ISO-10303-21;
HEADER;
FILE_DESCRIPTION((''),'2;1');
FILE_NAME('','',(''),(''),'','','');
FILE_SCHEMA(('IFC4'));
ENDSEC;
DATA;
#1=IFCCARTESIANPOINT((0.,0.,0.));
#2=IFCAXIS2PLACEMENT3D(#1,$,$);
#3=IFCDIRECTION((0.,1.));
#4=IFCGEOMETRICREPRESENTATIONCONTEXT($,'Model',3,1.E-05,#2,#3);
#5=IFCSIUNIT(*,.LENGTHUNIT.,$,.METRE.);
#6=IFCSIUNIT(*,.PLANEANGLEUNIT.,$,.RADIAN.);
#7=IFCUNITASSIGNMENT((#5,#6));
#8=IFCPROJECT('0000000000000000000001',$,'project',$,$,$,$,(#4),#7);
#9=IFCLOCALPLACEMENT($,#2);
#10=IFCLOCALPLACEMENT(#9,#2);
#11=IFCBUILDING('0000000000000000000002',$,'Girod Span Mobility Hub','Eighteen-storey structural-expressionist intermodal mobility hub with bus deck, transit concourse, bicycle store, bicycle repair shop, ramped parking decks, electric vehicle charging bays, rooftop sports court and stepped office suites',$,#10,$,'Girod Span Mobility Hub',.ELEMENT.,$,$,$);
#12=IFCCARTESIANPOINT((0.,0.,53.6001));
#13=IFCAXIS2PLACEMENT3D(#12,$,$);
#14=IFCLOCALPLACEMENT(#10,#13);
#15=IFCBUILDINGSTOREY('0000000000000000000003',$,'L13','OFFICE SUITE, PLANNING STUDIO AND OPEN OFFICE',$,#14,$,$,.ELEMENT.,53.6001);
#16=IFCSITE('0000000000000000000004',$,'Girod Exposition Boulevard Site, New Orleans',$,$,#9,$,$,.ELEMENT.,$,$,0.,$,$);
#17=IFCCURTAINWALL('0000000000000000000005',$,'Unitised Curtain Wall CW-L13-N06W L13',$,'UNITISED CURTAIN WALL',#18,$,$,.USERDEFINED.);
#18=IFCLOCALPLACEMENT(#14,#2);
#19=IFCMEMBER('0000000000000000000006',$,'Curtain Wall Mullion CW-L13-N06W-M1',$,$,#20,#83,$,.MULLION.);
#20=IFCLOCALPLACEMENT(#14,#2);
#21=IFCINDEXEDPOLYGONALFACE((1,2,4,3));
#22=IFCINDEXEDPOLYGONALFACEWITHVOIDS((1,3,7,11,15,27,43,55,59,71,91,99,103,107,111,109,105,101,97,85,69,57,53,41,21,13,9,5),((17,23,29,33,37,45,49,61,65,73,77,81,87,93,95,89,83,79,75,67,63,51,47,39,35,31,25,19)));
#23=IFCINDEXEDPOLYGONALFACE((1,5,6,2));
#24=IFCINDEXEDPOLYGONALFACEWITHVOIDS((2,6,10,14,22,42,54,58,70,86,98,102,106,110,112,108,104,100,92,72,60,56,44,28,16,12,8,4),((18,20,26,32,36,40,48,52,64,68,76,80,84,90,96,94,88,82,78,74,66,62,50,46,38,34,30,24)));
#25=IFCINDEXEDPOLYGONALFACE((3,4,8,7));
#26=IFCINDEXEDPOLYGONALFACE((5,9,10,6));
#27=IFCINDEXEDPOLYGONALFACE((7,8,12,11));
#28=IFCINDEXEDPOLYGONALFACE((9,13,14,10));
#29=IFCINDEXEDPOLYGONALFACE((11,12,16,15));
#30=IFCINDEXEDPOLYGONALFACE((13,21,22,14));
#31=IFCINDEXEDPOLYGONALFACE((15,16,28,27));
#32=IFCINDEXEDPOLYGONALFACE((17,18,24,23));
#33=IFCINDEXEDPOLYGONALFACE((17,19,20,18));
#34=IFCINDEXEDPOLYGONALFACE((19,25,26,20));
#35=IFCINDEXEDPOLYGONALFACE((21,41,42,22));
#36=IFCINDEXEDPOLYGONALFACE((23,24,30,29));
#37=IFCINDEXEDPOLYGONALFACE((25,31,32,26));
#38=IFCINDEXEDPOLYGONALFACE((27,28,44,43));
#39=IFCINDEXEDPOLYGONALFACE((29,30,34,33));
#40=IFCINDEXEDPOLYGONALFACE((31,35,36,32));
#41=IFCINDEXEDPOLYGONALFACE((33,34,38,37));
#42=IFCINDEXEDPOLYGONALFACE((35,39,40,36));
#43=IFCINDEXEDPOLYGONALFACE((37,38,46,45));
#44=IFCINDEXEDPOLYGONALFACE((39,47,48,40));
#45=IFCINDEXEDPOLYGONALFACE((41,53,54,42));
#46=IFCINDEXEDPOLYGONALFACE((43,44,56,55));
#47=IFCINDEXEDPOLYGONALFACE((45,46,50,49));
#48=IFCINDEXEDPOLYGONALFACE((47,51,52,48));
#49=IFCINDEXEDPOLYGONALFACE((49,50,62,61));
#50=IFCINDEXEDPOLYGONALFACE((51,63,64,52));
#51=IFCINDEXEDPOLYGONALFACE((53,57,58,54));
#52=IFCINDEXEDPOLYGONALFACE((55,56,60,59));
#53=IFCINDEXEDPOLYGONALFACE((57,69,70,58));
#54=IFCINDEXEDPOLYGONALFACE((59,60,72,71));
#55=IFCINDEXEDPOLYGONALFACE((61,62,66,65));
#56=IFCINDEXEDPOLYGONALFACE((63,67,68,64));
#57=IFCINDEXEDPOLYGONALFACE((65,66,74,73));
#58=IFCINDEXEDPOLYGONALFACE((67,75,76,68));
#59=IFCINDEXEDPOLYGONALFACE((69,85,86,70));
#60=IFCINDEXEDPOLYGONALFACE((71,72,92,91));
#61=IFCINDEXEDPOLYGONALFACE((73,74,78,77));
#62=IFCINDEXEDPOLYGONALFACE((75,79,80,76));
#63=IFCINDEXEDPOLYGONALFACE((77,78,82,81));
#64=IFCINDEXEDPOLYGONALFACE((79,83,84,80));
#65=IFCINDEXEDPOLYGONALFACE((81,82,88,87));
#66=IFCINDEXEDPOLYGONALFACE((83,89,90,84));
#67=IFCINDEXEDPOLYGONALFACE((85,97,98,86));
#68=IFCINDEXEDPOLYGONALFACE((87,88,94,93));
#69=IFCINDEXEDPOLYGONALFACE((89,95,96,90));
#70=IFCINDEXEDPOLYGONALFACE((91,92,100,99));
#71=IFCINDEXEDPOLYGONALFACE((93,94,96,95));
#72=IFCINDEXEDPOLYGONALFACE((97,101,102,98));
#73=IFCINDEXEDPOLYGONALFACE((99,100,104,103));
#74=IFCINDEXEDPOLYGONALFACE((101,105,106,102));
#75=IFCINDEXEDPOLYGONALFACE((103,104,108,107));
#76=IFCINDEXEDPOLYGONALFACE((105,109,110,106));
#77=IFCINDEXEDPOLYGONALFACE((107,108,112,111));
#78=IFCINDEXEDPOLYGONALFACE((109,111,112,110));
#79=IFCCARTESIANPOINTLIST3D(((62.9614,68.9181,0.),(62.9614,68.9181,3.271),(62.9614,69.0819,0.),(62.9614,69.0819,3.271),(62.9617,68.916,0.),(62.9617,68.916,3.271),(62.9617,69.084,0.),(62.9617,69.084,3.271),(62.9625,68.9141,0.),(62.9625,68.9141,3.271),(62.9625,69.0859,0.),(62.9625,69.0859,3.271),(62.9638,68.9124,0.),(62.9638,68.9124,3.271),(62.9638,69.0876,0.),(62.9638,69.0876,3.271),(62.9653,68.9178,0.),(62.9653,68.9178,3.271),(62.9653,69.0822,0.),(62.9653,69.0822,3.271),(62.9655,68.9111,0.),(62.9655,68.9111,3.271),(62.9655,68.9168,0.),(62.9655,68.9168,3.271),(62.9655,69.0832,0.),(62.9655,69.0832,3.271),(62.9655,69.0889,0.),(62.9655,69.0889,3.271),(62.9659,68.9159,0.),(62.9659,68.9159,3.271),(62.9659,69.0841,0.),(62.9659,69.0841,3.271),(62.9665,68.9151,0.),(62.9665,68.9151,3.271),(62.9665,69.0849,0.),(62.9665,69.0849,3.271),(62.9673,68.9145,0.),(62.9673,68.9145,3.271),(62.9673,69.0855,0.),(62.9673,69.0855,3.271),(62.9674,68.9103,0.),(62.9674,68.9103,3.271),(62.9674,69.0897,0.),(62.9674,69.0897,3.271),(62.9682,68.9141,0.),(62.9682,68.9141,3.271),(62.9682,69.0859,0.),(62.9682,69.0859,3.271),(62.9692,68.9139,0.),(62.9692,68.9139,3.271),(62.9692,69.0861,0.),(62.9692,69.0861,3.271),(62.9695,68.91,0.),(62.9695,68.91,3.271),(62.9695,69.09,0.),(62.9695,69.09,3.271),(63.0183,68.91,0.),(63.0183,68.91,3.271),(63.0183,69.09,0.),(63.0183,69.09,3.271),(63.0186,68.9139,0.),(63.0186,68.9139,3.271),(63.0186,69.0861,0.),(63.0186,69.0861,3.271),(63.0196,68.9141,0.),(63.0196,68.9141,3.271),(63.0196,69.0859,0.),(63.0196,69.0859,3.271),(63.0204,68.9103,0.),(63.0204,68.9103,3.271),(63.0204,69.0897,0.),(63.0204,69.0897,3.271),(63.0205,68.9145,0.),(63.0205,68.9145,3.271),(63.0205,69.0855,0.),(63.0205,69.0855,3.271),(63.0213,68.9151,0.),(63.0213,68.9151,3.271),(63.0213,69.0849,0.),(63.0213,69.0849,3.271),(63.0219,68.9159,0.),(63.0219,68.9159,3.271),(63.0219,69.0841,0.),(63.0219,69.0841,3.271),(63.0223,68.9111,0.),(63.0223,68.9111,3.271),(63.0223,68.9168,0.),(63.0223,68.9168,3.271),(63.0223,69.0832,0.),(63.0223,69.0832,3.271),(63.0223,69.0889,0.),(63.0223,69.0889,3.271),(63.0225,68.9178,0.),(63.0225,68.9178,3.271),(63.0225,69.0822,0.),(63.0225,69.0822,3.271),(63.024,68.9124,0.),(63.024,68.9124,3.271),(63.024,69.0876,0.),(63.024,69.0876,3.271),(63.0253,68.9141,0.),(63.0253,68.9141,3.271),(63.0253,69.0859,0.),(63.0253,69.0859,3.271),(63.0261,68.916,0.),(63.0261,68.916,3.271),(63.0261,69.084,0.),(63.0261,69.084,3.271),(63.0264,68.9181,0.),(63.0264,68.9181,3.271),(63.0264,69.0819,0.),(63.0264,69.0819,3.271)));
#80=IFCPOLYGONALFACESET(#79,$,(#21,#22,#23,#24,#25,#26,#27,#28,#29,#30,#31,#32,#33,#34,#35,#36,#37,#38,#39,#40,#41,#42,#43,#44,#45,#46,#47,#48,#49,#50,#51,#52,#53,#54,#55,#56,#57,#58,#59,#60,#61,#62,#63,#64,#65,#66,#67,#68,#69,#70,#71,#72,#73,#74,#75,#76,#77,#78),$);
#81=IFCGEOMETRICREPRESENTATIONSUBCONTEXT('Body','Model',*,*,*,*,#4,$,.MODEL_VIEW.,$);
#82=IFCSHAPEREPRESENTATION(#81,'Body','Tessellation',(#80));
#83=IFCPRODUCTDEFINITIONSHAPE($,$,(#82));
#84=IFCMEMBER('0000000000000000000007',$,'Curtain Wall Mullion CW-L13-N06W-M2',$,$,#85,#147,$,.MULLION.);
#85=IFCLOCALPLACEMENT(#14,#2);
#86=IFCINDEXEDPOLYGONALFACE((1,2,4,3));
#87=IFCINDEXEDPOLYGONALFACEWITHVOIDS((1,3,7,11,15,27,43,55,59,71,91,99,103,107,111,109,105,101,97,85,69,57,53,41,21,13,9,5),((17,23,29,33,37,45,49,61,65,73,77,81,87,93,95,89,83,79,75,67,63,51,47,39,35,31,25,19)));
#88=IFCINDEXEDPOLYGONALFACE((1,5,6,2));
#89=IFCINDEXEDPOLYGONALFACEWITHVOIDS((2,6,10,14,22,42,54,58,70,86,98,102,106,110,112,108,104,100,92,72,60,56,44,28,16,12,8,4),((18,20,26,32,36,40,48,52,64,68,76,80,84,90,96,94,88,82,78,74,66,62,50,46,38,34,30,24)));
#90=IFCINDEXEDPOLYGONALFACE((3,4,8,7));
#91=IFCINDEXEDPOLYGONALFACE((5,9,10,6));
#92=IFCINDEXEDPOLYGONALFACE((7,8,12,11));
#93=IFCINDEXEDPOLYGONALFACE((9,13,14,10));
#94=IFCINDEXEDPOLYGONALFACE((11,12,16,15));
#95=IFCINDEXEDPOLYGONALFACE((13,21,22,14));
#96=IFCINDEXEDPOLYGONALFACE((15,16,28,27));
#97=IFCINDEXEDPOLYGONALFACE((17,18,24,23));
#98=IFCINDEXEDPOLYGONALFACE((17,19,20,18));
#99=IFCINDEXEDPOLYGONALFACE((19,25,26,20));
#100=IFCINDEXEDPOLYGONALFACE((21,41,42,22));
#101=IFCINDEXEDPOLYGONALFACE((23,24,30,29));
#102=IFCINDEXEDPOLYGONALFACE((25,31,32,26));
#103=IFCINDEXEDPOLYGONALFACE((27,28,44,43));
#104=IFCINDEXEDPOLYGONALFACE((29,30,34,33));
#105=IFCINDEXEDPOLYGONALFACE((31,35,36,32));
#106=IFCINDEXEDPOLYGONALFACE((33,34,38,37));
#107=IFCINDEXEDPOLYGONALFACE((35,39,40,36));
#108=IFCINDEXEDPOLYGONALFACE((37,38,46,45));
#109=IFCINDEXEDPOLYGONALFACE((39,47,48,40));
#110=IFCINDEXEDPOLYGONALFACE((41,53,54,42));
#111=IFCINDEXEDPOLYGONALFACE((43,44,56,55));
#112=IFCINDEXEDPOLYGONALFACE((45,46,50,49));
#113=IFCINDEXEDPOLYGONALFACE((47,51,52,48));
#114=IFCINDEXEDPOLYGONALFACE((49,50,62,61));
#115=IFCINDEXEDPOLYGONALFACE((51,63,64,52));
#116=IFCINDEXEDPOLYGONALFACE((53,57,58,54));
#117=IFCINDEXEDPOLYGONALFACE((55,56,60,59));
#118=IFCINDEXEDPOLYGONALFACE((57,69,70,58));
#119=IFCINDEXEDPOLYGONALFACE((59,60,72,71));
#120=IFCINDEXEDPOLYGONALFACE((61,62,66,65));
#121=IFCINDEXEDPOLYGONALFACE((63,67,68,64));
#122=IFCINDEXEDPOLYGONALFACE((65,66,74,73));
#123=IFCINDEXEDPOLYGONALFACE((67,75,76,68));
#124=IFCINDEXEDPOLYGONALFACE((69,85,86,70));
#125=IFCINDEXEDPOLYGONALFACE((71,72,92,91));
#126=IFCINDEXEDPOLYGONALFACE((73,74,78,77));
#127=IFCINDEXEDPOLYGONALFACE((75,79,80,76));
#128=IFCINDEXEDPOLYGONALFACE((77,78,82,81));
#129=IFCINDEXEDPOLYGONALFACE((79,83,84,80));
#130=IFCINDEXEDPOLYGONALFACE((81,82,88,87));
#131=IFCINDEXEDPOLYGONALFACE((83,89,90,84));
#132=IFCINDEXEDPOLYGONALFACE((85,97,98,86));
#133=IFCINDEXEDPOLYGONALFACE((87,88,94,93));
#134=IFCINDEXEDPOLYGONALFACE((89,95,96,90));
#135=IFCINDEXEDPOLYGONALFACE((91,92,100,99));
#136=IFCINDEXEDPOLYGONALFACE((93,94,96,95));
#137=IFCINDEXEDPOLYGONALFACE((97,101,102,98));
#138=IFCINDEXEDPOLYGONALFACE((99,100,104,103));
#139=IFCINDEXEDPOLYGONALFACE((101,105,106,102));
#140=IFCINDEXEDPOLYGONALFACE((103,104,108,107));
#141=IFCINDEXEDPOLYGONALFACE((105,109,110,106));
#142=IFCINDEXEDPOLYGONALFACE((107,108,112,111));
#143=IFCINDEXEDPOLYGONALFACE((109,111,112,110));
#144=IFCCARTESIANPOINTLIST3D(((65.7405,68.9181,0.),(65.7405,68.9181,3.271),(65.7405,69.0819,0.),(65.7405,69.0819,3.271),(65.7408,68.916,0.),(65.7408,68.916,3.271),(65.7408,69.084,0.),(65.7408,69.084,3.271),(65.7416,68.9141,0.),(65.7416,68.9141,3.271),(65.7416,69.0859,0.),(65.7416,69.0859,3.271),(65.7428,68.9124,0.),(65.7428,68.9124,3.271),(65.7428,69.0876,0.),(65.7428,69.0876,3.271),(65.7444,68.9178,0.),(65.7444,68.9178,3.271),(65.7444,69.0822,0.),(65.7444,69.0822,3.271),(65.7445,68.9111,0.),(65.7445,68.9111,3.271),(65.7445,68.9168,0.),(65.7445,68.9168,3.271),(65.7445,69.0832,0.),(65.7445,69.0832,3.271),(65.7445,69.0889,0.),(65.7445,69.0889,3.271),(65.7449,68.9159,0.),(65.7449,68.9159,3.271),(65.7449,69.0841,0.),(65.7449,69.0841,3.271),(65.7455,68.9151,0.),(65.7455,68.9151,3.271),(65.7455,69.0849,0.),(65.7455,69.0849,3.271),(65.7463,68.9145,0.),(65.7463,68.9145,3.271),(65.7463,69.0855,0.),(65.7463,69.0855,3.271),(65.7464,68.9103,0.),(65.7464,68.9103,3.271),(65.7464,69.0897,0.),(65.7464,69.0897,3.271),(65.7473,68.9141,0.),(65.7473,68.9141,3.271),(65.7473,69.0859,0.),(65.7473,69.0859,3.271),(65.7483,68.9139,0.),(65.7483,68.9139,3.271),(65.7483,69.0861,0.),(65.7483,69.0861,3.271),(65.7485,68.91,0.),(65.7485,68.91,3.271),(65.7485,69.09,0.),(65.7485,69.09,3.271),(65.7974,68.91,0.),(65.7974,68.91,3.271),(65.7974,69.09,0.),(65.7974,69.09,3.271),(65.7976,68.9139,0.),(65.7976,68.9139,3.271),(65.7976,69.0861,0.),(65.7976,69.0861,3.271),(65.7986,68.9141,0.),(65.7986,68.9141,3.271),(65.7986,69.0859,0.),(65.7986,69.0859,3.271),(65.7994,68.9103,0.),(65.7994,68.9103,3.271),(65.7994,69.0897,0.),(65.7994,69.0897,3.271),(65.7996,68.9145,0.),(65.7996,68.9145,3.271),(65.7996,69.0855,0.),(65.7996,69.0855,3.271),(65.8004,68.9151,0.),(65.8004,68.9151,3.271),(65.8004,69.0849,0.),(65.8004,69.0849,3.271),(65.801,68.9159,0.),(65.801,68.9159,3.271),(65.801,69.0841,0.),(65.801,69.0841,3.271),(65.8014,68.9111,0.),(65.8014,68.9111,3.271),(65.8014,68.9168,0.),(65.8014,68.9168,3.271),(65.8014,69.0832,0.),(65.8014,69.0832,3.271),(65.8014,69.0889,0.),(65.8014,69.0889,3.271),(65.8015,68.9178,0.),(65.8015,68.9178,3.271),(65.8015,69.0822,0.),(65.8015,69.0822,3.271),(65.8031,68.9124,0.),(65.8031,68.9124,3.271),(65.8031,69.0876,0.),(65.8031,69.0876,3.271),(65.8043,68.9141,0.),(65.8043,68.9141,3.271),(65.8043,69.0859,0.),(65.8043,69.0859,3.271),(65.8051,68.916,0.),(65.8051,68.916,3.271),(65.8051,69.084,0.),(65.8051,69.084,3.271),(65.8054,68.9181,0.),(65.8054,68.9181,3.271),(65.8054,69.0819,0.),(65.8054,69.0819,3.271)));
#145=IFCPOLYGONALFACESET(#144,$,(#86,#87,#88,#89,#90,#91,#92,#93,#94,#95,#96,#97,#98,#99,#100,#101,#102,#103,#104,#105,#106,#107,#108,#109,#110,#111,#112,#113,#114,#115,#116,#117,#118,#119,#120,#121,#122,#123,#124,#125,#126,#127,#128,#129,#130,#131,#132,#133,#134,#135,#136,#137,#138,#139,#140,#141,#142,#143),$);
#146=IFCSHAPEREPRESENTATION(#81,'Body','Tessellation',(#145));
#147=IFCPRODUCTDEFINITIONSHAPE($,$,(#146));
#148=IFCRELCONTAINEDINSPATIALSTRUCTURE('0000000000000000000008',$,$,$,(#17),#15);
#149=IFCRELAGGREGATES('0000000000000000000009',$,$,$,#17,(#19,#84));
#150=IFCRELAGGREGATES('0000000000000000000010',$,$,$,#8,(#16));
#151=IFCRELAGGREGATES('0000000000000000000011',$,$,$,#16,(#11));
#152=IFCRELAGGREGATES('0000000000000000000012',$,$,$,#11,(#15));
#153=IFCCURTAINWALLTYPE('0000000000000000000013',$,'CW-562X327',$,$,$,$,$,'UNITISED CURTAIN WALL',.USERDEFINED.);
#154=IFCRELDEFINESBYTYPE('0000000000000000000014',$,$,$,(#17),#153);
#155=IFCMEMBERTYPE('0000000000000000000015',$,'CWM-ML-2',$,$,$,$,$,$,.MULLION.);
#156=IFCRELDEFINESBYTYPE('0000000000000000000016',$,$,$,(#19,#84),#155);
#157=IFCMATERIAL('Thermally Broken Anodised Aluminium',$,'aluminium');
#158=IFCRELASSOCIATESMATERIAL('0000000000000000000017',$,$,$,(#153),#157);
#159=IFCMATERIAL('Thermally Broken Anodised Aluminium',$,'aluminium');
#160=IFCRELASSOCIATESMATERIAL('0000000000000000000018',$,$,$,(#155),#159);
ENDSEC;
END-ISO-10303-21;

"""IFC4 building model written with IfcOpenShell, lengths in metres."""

from ifc_helpers import new_model, si_unit, direction, frame, origin, origin_2d, place, context, subcontext, project, spatial, hollow_rectangle, extrude, material, material_profile, profile_set, type_object, element, aggregate, save


model = new_model("IFC4")

# Units and contexts
model_context = context("Model", 3, precision=1e-05, world=origin(), true_north=direction((0.0, 1.0)))
body_context = subcontext(model_context, "Body", "Model", "MODEL_VIEW")
ifc_project = project(units=[si_unit("LENGTHUNIT", "METRE"), si_unit("PLANEANGLEUNIT", "RADIAN")], contexts=[model_context])

# Site, building, storey
site_placement = place(None, origin())
site = spatial("IfcSite", under=ifc_project, at=site_placement, Name="Girod Exposition Boulevard Site, New Orleans", CompositionType="ELEMENT", RefElevation=0.0)
building_placement = place(site_placement, origin())
building = spatial("IfcBuilding", under=site, at=building_placement, Name="Girod Span Mobility Hub", Description="Eighteen-storey structural-expressionist intermodal mobility hub with bus deck, transit concourse, bicycle store, bicycle repair shop, ramped parking decks, electric vehicle charging bays, rooftop sports court and stepped office suites", LongName="Girod Span Mobility Hub", CompositionType="ELEMENT")
storey_placement = place(building_placement, frame((0.0, 0.0, 53.6001)))
storey = spatial("IfcBuildingStorey", under=building, at=storey_placement, Name="L13", Description="OFFICE SUITE, PLANNING STUDIO AND OPEN OFFICE", CompositionType="ELEMENT", Elevation=53.6001)

# Curtain wall, members
ifc_material_1 = material(Name="Thermally Broken Anodised Aluminium", Category="aluminium")
curtain_wall_type = type_object("IfcCurtainWallType", Name="CW-562X327", ElementType="UNITISED CURTAIN WALL", PredefinedType="USERDEFINED", material=ifc_material_1)
curtain_wall_1_placement = place(storey_placement, origin())
curtain_wall_1 = element("IfcCurtainWall", 1, at=curtain_wall_1_placement, inside=storey, type_object=curtain_wall_type, Name="Unitised Curtain Wall CW-L13-N06W L13", ObjectType="UNITISED CURTAIN WALL", PredefinedType="USERDEFINED")
ifc_material_2 = material(Name="Thermally Broken Anodised Aluminium", Category="aluminium")
ifc_material_profile_1 = material_profile(ifc_material_2, hollow_rectangle(XDim=0.1799, YDim=0.0649, WallThickness=0.0039, InnerFilletRadius=0.0039, OuterFilletRadius=0.0081, at=origin_2d()), Name="CW-ML-65X180")
ifc_profile_set_1 = profile_set([ifc_material_profile_1], Name="Thermally Broken Anodised Aluminium")
member_type_1 = type_object("IfcMemberType", Name="CWM-ML-2", PredefinedType="MULLION", material=ifc_profile_set_1)
member_1_placement = place(storey_placement, frame((62.9939, 69.0, 0.0), z_axis=(0.0, 0.0, 1.0), x_axis=(0.0, 1.0, 0.0)))
member_1 = element("IfcMember", 2, at=member_1_placement, type_object=member_type_1, Name="Curtain Wall Mullion CW-L13-N06W-M1", PredefinedType="MULLION", context=body_context, shape_type="SweptSolid", body=[
    extrude(hollow_rectangle(XDim=0.1799, YDim=0.0649, WallThickness=0.0039, InnerFilletRadius=0.0039, OuterFilletRadius=0.0081, at=origin_2d()), origin(), (0.0, 0.0, 1.0), 3.271),
])
member_2_placement = place(storey_placement, frame((65.7729, 69.0, 0.0), z_axis=(0.0, 0.0, 1.0), x_axis=(0.0, 1.0, 0.0)))
member_2 = element("IfcMember", 3, at=member_2_placement, type_object=member_type_1, Name="Curtain Wall Mullion CW-L13-N06W-M2", PredefinedType="MULLION", context=body_context, shape_type="SweptSolid", body=[
    extrude(hollow_rectangle(XDim=0.1799, YDim=0.0649, WallThickness=0.0039, InnerFilletRadius=0.0039, OuterFilletRadius=0.0081, at=origin_2d()), origin(), (0.0, 0.0, 1.0), 3.271),
])

aggregate(curtain_wall_1, [member_1, member_2])

save(model, "model.ifc")
